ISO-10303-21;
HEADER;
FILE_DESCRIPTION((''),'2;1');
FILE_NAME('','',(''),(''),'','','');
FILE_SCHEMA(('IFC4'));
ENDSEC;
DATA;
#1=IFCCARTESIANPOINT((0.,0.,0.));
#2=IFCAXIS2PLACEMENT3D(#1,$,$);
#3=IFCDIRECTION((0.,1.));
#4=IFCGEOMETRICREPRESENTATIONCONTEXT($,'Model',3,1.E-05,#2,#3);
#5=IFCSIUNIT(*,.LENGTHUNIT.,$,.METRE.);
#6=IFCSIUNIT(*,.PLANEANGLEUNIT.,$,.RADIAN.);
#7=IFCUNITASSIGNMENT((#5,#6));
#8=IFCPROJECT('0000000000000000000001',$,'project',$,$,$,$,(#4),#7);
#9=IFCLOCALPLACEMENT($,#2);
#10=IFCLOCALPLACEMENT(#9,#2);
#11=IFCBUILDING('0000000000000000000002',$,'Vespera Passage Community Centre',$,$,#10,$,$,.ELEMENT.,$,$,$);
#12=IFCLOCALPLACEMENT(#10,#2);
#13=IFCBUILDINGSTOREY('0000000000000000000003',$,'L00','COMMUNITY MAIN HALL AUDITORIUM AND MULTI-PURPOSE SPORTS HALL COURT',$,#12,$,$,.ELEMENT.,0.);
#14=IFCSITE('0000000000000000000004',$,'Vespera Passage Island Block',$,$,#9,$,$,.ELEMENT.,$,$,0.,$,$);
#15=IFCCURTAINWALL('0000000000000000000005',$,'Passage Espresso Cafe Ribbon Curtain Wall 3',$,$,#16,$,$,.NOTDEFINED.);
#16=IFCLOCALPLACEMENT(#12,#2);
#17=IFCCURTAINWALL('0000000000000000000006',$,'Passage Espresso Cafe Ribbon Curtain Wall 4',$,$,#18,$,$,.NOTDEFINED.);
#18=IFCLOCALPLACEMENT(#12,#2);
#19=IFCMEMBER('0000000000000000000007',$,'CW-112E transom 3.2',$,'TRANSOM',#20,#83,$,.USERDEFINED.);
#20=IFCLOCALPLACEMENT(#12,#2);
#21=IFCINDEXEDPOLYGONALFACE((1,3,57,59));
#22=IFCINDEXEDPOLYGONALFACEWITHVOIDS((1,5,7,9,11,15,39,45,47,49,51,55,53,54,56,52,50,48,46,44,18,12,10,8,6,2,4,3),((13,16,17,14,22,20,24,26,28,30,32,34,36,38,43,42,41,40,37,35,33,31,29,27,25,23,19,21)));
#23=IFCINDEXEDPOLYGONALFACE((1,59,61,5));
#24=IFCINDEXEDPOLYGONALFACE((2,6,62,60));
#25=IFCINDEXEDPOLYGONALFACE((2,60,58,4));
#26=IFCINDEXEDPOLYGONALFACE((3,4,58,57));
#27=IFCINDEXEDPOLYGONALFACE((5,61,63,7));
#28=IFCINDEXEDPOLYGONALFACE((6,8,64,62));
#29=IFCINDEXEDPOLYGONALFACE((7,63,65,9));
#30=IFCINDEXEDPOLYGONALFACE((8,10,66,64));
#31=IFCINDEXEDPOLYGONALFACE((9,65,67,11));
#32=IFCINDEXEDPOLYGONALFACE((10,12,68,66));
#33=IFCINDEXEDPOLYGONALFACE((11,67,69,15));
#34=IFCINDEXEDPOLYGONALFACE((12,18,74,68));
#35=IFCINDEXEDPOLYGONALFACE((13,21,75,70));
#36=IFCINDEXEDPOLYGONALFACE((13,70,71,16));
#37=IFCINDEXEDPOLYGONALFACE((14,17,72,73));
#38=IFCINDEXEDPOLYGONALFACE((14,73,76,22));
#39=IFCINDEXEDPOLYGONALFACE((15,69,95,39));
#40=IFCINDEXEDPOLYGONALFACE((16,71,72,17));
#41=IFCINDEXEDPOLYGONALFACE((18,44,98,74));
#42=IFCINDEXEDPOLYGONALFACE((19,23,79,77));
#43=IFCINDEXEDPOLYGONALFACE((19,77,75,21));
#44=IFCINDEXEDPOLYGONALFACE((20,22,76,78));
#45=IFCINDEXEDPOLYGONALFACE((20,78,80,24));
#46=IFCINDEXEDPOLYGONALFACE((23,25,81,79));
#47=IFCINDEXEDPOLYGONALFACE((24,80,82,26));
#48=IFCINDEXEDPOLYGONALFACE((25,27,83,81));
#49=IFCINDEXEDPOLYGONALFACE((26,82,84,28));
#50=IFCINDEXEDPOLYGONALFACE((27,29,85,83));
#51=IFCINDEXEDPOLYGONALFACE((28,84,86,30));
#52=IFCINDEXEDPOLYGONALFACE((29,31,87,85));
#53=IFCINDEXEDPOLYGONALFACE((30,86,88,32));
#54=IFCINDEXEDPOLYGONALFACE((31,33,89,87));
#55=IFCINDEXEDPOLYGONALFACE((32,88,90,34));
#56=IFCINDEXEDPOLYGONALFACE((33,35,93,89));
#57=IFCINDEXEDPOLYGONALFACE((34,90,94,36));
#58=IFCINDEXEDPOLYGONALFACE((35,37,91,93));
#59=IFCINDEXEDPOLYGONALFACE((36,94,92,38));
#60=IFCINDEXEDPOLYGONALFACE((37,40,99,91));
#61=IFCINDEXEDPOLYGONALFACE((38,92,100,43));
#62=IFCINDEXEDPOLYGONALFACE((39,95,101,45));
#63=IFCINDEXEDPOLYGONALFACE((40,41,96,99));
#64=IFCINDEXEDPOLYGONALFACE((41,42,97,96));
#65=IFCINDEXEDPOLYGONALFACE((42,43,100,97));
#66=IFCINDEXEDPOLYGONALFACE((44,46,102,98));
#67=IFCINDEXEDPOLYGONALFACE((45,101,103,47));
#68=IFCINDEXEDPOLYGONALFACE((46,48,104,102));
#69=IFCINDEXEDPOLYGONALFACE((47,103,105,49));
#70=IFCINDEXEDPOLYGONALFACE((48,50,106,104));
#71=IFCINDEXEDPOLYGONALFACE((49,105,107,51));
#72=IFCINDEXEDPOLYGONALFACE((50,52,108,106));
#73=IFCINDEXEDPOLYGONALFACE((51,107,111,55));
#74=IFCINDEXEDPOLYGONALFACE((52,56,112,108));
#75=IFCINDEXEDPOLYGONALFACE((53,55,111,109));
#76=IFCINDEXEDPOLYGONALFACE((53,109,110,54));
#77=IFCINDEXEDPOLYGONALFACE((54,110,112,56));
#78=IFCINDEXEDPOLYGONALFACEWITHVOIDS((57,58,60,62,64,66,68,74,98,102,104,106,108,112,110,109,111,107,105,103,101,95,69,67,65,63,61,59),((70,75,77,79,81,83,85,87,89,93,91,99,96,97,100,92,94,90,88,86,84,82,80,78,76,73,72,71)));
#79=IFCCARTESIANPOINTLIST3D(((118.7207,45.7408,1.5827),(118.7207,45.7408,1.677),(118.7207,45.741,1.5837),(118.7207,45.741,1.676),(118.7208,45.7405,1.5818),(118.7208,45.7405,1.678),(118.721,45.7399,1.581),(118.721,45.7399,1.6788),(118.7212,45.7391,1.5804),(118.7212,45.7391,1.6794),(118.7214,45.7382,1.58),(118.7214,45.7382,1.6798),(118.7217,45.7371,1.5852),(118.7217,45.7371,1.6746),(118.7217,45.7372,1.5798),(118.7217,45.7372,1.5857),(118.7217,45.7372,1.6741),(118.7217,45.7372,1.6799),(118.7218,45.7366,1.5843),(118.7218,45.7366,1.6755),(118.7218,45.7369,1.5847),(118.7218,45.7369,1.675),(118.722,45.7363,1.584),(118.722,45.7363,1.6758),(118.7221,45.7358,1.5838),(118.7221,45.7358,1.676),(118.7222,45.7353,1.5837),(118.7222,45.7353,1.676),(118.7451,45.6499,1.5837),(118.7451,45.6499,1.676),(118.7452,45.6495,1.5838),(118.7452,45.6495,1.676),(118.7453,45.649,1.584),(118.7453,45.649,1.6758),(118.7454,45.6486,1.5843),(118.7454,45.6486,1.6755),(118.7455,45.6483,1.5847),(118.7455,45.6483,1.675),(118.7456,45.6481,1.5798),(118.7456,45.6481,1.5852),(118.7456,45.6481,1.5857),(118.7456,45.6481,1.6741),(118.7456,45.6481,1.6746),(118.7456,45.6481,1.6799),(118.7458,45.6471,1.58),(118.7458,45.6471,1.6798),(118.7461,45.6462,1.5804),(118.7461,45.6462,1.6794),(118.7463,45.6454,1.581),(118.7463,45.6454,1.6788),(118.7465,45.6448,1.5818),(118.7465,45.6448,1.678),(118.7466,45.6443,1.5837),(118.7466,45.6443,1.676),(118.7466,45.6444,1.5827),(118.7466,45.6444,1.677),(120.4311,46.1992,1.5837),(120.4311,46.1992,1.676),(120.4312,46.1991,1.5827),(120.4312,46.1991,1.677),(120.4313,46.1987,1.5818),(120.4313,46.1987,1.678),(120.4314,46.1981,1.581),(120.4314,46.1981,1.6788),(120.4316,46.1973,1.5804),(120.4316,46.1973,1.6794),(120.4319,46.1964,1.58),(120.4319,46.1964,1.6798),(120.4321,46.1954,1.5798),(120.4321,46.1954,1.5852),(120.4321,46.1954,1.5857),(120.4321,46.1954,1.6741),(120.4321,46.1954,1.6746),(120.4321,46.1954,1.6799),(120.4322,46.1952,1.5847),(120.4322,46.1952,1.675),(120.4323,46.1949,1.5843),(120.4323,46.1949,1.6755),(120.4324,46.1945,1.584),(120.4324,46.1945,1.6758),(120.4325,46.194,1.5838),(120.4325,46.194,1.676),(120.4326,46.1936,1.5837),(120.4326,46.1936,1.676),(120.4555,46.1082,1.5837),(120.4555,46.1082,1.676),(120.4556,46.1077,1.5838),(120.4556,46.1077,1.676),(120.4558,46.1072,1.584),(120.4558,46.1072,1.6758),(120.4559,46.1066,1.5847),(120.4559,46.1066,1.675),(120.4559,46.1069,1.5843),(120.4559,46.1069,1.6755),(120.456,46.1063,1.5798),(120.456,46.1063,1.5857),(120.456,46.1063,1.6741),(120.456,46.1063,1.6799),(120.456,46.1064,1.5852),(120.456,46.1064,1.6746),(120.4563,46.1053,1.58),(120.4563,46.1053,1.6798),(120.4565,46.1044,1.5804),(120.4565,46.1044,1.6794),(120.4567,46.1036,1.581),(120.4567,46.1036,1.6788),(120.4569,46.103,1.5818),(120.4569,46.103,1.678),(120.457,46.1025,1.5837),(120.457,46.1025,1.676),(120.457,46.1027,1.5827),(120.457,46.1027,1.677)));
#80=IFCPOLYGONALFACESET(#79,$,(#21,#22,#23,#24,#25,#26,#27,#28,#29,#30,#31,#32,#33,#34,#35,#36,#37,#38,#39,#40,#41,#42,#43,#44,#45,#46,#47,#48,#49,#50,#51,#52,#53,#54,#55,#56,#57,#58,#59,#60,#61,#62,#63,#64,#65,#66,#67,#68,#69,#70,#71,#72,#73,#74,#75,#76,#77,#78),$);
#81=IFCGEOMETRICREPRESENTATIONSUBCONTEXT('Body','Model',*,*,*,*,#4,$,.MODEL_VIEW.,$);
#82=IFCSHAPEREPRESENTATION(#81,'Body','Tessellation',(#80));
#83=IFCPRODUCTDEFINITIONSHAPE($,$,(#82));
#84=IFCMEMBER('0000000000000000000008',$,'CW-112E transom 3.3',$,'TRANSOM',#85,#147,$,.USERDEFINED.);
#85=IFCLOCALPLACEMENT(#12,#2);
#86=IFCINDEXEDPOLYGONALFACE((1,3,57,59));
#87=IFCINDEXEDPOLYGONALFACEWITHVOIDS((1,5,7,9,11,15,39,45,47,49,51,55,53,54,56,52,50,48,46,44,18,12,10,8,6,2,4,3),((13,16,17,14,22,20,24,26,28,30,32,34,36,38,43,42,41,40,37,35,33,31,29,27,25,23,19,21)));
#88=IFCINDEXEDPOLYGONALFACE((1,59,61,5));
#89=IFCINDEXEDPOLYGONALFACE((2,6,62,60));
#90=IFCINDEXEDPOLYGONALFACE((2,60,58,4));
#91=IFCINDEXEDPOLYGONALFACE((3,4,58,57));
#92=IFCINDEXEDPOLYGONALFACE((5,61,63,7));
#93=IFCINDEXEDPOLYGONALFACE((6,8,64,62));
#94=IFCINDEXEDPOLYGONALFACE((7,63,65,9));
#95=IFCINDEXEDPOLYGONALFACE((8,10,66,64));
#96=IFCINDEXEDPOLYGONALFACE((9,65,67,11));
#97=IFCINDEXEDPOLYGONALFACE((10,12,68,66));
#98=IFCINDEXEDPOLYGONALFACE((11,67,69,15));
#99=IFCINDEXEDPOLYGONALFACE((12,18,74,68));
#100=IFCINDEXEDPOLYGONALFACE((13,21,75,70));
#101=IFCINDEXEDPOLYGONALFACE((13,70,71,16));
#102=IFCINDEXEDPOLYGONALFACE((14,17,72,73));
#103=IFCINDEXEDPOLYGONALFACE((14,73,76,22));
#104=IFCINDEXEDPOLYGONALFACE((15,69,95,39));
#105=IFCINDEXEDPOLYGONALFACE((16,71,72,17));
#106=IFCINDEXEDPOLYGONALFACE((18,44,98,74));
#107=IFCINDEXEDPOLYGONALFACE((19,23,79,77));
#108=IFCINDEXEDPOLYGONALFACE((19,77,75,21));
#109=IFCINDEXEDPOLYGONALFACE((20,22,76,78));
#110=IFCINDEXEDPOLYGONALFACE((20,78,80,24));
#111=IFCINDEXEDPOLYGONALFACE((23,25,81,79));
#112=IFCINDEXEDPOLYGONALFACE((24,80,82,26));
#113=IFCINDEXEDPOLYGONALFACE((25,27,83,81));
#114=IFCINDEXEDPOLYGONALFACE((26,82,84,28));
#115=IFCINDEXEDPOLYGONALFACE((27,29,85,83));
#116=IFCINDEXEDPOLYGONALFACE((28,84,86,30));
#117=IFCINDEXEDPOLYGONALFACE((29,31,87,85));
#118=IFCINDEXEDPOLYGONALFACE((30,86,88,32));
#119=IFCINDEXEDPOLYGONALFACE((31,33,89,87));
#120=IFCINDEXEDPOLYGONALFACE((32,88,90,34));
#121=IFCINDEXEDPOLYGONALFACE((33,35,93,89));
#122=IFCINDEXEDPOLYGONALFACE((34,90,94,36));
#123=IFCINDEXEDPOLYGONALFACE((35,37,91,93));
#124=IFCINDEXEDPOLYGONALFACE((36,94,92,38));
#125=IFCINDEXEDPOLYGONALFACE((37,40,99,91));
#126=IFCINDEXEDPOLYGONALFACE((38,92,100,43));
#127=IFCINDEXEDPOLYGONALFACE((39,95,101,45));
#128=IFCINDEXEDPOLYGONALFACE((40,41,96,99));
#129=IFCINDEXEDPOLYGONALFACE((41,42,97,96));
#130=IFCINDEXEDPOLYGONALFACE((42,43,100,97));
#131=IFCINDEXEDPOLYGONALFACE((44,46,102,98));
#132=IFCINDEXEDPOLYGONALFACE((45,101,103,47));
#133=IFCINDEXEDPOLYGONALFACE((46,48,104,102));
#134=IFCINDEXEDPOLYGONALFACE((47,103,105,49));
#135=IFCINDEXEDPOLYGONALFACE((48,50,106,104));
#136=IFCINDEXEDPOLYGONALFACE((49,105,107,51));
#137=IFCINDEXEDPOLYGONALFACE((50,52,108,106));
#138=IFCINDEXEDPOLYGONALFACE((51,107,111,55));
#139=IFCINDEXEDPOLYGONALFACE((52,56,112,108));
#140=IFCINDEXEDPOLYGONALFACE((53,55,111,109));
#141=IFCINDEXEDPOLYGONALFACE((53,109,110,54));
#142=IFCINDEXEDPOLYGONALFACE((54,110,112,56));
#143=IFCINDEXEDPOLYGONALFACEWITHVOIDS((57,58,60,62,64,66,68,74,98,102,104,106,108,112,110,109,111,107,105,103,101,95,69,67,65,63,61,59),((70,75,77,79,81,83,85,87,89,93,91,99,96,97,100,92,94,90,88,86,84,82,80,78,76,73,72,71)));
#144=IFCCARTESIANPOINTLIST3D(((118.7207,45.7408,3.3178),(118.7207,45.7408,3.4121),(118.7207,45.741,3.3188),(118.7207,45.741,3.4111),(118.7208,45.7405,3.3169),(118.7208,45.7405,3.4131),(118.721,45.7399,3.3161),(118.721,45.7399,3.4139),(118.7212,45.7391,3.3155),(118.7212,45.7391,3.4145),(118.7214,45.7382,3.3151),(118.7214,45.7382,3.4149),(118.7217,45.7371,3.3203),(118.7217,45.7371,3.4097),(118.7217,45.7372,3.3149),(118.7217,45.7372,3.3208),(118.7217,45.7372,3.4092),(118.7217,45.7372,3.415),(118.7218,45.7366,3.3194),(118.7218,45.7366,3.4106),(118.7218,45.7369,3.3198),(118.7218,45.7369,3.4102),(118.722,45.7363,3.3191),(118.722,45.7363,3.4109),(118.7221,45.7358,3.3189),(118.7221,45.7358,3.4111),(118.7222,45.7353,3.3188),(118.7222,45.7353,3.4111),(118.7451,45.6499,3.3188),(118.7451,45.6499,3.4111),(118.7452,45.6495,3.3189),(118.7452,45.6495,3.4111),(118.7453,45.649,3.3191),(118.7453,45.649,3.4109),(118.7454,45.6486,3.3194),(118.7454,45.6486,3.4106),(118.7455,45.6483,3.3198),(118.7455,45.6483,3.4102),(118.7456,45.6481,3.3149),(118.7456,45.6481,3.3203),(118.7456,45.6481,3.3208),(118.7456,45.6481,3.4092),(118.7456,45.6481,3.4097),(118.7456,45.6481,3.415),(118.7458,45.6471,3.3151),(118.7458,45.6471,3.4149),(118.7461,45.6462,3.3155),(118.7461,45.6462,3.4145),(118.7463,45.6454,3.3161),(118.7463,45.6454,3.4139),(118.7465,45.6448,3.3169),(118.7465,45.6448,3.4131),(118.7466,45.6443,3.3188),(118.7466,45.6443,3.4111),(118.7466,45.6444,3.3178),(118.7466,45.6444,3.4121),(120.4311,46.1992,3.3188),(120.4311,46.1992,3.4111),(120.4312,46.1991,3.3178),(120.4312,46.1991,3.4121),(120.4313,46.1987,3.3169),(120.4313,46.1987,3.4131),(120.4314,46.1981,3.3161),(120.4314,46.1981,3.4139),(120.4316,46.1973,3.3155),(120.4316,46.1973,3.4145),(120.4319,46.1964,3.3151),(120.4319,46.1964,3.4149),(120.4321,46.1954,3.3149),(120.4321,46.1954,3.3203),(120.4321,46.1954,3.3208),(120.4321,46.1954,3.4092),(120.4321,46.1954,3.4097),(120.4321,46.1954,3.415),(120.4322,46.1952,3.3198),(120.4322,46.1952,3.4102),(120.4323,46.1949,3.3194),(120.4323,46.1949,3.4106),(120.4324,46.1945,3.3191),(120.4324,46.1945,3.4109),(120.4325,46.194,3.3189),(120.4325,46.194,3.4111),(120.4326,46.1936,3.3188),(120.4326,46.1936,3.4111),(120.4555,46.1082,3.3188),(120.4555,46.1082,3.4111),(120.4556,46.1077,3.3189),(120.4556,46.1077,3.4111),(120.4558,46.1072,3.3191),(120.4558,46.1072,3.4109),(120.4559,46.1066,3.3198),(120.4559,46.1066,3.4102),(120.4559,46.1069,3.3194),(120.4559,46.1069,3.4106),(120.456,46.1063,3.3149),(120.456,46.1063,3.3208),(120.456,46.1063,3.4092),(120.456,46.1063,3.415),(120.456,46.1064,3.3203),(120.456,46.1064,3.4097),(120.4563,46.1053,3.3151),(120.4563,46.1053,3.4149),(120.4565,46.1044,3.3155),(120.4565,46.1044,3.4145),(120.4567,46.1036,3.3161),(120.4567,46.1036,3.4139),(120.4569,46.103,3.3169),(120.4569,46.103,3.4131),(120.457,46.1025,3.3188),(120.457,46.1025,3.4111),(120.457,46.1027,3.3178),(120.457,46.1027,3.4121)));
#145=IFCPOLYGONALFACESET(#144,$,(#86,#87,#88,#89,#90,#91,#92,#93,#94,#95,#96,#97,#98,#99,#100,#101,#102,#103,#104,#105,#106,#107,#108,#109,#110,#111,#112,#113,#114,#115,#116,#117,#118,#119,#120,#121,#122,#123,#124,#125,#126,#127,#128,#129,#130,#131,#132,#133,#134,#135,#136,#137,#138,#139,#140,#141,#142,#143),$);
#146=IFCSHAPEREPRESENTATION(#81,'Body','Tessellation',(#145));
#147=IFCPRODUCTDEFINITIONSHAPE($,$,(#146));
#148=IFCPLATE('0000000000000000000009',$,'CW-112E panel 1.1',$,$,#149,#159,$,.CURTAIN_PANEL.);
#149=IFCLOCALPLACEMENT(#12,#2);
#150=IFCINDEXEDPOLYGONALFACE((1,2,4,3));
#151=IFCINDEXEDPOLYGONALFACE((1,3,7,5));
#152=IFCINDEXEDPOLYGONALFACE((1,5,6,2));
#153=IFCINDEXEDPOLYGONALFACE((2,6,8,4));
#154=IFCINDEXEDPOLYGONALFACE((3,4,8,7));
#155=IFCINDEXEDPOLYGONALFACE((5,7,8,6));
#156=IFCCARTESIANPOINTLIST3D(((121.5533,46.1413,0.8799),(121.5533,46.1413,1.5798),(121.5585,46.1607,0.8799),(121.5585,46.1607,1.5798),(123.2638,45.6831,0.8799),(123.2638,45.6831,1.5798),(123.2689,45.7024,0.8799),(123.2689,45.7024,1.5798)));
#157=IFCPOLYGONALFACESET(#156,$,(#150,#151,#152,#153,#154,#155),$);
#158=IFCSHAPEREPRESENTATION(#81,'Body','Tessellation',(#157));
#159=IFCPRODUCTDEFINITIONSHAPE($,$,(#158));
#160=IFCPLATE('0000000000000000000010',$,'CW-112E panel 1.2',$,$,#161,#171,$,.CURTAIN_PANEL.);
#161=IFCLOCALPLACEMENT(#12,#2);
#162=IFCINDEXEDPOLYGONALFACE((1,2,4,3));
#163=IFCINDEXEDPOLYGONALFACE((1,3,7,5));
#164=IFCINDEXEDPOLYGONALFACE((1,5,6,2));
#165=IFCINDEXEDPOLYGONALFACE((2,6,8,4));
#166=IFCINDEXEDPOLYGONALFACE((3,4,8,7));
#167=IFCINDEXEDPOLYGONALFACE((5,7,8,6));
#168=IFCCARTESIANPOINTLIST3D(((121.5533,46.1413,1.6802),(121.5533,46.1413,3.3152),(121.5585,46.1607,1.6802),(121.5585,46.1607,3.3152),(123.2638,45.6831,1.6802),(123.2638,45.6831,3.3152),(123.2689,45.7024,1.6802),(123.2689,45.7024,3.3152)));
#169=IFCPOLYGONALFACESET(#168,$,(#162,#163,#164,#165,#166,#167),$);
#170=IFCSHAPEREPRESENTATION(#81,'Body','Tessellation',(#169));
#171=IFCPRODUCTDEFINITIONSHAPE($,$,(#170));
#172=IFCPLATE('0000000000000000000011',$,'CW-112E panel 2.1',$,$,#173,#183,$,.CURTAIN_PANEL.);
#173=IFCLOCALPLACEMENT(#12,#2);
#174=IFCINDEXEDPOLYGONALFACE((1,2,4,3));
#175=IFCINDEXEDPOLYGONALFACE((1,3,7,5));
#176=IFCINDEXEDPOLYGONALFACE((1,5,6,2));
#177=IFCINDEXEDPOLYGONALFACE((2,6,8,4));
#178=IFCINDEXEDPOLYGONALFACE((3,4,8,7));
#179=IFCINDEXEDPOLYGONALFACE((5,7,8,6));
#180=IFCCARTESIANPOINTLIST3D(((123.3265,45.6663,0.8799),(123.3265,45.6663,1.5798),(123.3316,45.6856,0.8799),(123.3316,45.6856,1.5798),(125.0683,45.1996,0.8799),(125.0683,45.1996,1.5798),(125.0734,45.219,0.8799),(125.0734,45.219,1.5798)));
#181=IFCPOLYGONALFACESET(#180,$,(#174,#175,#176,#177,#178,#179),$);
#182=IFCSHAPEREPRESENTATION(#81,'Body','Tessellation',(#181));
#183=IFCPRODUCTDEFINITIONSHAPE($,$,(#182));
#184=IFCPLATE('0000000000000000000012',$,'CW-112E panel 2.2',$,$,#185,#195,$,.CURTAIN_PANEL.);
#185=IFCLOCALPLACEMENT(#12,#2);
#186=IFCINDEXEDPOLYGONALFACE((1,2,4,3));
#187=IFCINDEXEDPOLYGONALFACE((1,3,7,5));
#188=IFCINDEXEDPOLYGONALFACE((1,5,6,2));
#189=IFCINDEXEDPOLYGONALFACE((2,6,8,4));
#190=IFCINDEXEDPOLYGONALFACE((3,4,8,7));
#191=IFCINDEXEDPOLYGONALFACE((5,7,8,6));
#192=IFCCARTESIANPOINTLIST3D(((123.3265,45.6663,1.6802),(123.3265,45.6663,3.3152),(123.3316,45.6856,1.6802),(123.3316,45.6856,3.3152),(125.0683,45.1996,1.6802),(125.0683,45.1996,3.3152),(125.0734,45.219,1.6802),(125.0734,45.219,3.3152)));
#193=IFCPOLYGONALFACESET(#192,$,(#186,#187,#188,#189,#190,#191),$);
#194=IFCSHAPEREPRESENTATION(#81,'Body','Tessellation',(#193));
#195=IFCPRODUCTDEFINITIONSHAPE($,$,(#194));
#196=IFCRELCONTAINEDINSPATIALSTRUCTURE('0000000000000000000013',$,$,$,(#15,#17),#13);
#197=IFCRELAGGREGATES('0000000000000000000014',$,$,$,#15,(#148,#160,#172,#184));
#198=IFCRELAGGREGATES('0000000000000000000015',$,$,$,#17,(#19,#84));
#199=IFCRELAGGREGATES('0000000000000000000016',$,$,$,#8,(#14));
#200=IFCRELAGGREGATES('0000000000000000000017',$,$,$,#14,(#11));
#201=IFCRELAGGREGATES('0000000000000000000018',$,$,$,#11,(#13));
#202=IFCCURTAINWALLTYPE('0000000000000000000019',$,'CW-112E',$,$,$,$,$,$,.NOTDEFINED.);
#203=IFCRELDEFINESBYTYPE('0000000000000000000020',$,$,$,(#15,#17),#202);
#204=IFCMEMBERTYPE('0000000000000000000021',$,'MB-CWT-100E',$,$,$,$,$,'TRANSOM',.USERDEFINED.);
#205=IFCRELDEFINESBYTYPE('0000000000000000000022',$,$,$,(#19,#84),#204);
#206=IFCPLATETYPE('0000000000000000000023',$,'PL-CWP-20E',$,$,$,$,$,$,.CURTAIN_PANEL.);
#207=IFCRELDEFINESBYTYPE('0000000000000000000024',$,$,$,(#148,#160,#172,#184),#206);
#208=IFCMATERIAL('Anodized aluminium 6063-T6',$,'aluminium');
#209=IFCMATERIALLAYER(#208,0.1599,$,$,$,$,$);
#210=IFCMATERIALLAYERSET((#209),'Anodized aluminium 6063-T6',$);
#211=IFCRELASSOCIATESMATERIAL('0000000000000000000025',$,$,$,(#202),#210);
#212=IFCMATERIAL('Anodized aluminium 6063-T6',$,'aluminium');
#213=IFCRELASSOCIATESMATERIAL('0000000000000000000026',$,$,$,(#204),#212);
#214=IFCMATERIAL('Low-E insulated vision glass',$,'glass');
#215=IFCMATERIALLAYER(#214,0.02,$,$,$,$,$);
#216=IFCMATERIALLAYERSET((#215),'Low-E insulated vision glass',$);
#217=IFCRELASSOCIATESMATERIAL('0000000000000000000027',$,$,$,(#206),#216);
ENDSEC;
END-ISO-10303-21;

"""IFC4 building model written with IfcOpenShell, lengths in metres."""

from ifc_helpers import new_model, si_unit, direction, frame, origin, origin_2d, place, context, subcontext, project, spatial, rectangle, hollow_rectangle, extrude, material, layer, layer_set, material_profile, profile_set, type_object, element, aggregate, save


model = new_model("IFC4")

# Units and contexts
model_context = context("Model", 3, precision=1e-05, world=origin(), true_north=direction((0.0, 1.0)))
body_context = subcontext(model_context, "Body", "Model", "MODEL_VIEW")
ifc_project = project(units=[si_unit("LENGTHUNIT", "METRE"), si_unit("PLANEANGLEUNIT", "RADIAN")], contexts=[model_context])

# Site, building, storey
site_placement = place(None, origin())
site = spatial("IfcSite", under=ifc_project, at=site_placement, Name="Vespera Passage Island Block", CompositionType="ELEMENT", RefElevation=0.0)
building_placement = place(site_placement, origin())
building = spatial("IfcBuilding", under=site, at=building_placement, Name="Vespera Passage Community Centre", CompositionType="ELEMENT")
storey_placement = place(building_placement, origin())
storey = spatial("IfcBuildingStorey", under=building, at=storey_placement, Name="L00", Description="COMMUNITY MAIN HALL AUDITORIUM AND MULTI-PURPOSE SPORTS HALL COURT", CompositionType="ELEMENT", Elevation=0.0)

# Curtain walls
ifc_material_1 = material(Name="Anodized aluminium 6063-T6", Category="aluminium")
ifc_layer_1 = layer(ifc_material_1, 0.1599)
ifc_layer_set_1 = layer_set([ifc_layer_1], Name="Anodized aluminium 6063-T6")
curtain_wall_type = type_object("IfcCurtainWallType", Name="CW-112E", PredefinedType="NOTDEFINED", material=ifc_layer_set_1)
curtain_wall_1_placement = place(storey_placement, origin())
curtain_wall_1 = element("IfcCurtainWall", 1, at=curtain_wall_1_placement, inside=storey, type_object=curtain_wall_type, Name="Passage Espresso Cafe Ribbon Curtain Wall 3", PredefinedType="NOTDEFINED")
curtain_wall_2_placement = place(storey_placement, origin())
curtain_wall_2 = element("IfcCurtainWall", 2, at=curtain_wall_2_placement, inside=storey, type_object=curtain_wall_type, Name="Passage Espresso Cafe Ribbon Curtain Wall 4", PredefinedType="NOTDEFINED")

# Members
ifc_material_2 = material(Name="Anodized aluminium 6063-T6", Category="aluminium")
ifc_material_profile_1 = material_profile(ifc_material_2, hollow_rectangle(XDim=0.1001, YDim=0.1001, WallThickness=0.0039, InnerFilletRadius=0.002, OuterFilletRadius=0.0039, at=origin_2d()), Name="ALU100X100X4")
ifc_profile_set_1 = profile_set([ifc_material_profile_1], Name="Anodized aluminium 6063-T6")
member_type_1 = type_object("IfcMemberType", Name="MB-CWT-100E", ElementType="TRANSOM", PredefinedType="USERDEFINED", material=ifc_profile_set_1)
member_1_placement = place(storey_placement, frame((118.7336, 45.6926, 1.6299), z_axis=(0.965935, 0.258787, 0.0), x_axis=(-0.258787, 0.965935, 0.0)))
member_1 = element("IfcMember", 3, at=member_1_placement, type_object=member_type_1, Name="CW-112E transom 3.2", ObjectType="TRANSOM", PredefinedType="USERDEFINED", context=body_context, shape_type="SweptSolid", body=[
    extrude(hollow_rectangle(XDim=0.1001, YDim=0.1001, WallThickness=0.0039, InnerFilletRadius=0.002, OuterFilletRadius=0.0039, at=origin_2d()), origin(), (0.0, 0.0, 1.0), 1.7708),
])
member_2_placement = place(storey_placement, frame((118.7336, 45.6926, 3.365), z_axis=(0.965935, 0.258787, 0.0), x_axis=(-0.258787, 0.965935, 0.0)))
member_2 = element("IfcMember", 4, at=member_2_placement, type_object=member_type_1, Name="CW-112E transom 3.3", ObjectType="TRANSOM", PredefinedType="USERDEFINED", context=body_context, shape_type="SweptSolid", body=[
    extrude(hollow_rectangle(XDim=0.1001, YDim=0.1001, WallThickness=0.0039, InnerFilletRadius=0.002, OuterFilletRadius=0.0039, at=origin_2d()), origin(), (0.0, 0.0, 1.0), 1.7708),
])

# Plates
ifc_material_3 = material(Name="Low-E insulated vision glass", Category="glass")
ifc_layer_2 = layer(ifc_material_3, 0.02)
ifc_layer_set_2 = layer_set([ifc_layer_2], Name="Low-E insulated vision glass")
plate_type = type_object("IfcPlateType", Name="PL-CWP-20E", PredefinedType="CURTAIN_PANEL", material=ifc_layer_set_2)
plate_1_placement = place(storey_placement, frame((122.4111, 45.9219, 0.8799), z_axis=(0.0, 0.0, 1.0), x_axis=(0.965929, -0.258807, 0.0)))
plate_1 = element("IfcPlate", 5, at=plate_1_placement, type_object=plate_type, Name="CW-112E panel 1.1", PredefinedType="CURTAIN_PANEL", context=body_context, shape_type="SweptSolid", body=[
    extrude(rectangle(XDim=1.7708, YDim=0.02, at=origin_2d()), origin(), (0.0, 0.0, 1.0), 0.7),
])
plate_2_placement = place(storey_placement, frame((122.4111, 45.9219, 1.6802), z_axis=(0.0, 0.0, 1.0), x_axis=(0.965929, -0.258807, 0.0)))
plate_2 = element("IfcPlate", 6, at=plate_2_placement, type_object=plate_type, Name="CW-112E panel 1.2", PredefinedType="CURTAIN_PANEL", context=body_context, shape_type="SweptSolid", body=[
    extrude(rectangle(XDim=1.7708, YDim=0.02, at=origin_2d()), origin(), (0.0, 0.0, 1.0), 1.635),
])
plate_3_placement = place(storey_placement, frame((124.2, 45.4426, 0.8799), z_axis=(0.0, 0.0, 1.0), x_axis=(0.965929, -0.258807, 0.0)))
plate_3 = element("IfcPlate", 7, at=plate_3_placement, type_object=plate_type, Name="CW-112E panel 2.1", PredefinedType="CURTAIN_PANEL", context=body_context, shape_type="SweptSolid", body=[
    extrude(rectangle(XDim=1.8032, YDim=0.02, at=origin_2d()), origin(), (0.0, 0.0, 1.0), 0.7),
])
plate_4_placement = place(storey_placement, frame((124.2, 45.4426, 1.6802), z_axis=(0.0, 0.0, 1.0), x_axis=(0.965929, -0.258807, 0.0)))
plate_4 = element("IfcPlate", 8, at=plate_4_placement, type_object=plate_type, Name="CW-112E panel 2.2", PredefinedType="CURTAIN_PANEL", context=body_context, shape_type="SweptSolid", body=[
    extrude(rectangle(XDim=1.8032, YDim=0.02, at=origin_2d()), origin(), (0.0, 0.0, 1.0), 1.635),
])
aggregate(curtain_wall_1, [plate_1, plate_2, plate_3, plate_4])
aggregate(curtain_wall_2, [member_1, member_2])

save(model, "model.ifc")
